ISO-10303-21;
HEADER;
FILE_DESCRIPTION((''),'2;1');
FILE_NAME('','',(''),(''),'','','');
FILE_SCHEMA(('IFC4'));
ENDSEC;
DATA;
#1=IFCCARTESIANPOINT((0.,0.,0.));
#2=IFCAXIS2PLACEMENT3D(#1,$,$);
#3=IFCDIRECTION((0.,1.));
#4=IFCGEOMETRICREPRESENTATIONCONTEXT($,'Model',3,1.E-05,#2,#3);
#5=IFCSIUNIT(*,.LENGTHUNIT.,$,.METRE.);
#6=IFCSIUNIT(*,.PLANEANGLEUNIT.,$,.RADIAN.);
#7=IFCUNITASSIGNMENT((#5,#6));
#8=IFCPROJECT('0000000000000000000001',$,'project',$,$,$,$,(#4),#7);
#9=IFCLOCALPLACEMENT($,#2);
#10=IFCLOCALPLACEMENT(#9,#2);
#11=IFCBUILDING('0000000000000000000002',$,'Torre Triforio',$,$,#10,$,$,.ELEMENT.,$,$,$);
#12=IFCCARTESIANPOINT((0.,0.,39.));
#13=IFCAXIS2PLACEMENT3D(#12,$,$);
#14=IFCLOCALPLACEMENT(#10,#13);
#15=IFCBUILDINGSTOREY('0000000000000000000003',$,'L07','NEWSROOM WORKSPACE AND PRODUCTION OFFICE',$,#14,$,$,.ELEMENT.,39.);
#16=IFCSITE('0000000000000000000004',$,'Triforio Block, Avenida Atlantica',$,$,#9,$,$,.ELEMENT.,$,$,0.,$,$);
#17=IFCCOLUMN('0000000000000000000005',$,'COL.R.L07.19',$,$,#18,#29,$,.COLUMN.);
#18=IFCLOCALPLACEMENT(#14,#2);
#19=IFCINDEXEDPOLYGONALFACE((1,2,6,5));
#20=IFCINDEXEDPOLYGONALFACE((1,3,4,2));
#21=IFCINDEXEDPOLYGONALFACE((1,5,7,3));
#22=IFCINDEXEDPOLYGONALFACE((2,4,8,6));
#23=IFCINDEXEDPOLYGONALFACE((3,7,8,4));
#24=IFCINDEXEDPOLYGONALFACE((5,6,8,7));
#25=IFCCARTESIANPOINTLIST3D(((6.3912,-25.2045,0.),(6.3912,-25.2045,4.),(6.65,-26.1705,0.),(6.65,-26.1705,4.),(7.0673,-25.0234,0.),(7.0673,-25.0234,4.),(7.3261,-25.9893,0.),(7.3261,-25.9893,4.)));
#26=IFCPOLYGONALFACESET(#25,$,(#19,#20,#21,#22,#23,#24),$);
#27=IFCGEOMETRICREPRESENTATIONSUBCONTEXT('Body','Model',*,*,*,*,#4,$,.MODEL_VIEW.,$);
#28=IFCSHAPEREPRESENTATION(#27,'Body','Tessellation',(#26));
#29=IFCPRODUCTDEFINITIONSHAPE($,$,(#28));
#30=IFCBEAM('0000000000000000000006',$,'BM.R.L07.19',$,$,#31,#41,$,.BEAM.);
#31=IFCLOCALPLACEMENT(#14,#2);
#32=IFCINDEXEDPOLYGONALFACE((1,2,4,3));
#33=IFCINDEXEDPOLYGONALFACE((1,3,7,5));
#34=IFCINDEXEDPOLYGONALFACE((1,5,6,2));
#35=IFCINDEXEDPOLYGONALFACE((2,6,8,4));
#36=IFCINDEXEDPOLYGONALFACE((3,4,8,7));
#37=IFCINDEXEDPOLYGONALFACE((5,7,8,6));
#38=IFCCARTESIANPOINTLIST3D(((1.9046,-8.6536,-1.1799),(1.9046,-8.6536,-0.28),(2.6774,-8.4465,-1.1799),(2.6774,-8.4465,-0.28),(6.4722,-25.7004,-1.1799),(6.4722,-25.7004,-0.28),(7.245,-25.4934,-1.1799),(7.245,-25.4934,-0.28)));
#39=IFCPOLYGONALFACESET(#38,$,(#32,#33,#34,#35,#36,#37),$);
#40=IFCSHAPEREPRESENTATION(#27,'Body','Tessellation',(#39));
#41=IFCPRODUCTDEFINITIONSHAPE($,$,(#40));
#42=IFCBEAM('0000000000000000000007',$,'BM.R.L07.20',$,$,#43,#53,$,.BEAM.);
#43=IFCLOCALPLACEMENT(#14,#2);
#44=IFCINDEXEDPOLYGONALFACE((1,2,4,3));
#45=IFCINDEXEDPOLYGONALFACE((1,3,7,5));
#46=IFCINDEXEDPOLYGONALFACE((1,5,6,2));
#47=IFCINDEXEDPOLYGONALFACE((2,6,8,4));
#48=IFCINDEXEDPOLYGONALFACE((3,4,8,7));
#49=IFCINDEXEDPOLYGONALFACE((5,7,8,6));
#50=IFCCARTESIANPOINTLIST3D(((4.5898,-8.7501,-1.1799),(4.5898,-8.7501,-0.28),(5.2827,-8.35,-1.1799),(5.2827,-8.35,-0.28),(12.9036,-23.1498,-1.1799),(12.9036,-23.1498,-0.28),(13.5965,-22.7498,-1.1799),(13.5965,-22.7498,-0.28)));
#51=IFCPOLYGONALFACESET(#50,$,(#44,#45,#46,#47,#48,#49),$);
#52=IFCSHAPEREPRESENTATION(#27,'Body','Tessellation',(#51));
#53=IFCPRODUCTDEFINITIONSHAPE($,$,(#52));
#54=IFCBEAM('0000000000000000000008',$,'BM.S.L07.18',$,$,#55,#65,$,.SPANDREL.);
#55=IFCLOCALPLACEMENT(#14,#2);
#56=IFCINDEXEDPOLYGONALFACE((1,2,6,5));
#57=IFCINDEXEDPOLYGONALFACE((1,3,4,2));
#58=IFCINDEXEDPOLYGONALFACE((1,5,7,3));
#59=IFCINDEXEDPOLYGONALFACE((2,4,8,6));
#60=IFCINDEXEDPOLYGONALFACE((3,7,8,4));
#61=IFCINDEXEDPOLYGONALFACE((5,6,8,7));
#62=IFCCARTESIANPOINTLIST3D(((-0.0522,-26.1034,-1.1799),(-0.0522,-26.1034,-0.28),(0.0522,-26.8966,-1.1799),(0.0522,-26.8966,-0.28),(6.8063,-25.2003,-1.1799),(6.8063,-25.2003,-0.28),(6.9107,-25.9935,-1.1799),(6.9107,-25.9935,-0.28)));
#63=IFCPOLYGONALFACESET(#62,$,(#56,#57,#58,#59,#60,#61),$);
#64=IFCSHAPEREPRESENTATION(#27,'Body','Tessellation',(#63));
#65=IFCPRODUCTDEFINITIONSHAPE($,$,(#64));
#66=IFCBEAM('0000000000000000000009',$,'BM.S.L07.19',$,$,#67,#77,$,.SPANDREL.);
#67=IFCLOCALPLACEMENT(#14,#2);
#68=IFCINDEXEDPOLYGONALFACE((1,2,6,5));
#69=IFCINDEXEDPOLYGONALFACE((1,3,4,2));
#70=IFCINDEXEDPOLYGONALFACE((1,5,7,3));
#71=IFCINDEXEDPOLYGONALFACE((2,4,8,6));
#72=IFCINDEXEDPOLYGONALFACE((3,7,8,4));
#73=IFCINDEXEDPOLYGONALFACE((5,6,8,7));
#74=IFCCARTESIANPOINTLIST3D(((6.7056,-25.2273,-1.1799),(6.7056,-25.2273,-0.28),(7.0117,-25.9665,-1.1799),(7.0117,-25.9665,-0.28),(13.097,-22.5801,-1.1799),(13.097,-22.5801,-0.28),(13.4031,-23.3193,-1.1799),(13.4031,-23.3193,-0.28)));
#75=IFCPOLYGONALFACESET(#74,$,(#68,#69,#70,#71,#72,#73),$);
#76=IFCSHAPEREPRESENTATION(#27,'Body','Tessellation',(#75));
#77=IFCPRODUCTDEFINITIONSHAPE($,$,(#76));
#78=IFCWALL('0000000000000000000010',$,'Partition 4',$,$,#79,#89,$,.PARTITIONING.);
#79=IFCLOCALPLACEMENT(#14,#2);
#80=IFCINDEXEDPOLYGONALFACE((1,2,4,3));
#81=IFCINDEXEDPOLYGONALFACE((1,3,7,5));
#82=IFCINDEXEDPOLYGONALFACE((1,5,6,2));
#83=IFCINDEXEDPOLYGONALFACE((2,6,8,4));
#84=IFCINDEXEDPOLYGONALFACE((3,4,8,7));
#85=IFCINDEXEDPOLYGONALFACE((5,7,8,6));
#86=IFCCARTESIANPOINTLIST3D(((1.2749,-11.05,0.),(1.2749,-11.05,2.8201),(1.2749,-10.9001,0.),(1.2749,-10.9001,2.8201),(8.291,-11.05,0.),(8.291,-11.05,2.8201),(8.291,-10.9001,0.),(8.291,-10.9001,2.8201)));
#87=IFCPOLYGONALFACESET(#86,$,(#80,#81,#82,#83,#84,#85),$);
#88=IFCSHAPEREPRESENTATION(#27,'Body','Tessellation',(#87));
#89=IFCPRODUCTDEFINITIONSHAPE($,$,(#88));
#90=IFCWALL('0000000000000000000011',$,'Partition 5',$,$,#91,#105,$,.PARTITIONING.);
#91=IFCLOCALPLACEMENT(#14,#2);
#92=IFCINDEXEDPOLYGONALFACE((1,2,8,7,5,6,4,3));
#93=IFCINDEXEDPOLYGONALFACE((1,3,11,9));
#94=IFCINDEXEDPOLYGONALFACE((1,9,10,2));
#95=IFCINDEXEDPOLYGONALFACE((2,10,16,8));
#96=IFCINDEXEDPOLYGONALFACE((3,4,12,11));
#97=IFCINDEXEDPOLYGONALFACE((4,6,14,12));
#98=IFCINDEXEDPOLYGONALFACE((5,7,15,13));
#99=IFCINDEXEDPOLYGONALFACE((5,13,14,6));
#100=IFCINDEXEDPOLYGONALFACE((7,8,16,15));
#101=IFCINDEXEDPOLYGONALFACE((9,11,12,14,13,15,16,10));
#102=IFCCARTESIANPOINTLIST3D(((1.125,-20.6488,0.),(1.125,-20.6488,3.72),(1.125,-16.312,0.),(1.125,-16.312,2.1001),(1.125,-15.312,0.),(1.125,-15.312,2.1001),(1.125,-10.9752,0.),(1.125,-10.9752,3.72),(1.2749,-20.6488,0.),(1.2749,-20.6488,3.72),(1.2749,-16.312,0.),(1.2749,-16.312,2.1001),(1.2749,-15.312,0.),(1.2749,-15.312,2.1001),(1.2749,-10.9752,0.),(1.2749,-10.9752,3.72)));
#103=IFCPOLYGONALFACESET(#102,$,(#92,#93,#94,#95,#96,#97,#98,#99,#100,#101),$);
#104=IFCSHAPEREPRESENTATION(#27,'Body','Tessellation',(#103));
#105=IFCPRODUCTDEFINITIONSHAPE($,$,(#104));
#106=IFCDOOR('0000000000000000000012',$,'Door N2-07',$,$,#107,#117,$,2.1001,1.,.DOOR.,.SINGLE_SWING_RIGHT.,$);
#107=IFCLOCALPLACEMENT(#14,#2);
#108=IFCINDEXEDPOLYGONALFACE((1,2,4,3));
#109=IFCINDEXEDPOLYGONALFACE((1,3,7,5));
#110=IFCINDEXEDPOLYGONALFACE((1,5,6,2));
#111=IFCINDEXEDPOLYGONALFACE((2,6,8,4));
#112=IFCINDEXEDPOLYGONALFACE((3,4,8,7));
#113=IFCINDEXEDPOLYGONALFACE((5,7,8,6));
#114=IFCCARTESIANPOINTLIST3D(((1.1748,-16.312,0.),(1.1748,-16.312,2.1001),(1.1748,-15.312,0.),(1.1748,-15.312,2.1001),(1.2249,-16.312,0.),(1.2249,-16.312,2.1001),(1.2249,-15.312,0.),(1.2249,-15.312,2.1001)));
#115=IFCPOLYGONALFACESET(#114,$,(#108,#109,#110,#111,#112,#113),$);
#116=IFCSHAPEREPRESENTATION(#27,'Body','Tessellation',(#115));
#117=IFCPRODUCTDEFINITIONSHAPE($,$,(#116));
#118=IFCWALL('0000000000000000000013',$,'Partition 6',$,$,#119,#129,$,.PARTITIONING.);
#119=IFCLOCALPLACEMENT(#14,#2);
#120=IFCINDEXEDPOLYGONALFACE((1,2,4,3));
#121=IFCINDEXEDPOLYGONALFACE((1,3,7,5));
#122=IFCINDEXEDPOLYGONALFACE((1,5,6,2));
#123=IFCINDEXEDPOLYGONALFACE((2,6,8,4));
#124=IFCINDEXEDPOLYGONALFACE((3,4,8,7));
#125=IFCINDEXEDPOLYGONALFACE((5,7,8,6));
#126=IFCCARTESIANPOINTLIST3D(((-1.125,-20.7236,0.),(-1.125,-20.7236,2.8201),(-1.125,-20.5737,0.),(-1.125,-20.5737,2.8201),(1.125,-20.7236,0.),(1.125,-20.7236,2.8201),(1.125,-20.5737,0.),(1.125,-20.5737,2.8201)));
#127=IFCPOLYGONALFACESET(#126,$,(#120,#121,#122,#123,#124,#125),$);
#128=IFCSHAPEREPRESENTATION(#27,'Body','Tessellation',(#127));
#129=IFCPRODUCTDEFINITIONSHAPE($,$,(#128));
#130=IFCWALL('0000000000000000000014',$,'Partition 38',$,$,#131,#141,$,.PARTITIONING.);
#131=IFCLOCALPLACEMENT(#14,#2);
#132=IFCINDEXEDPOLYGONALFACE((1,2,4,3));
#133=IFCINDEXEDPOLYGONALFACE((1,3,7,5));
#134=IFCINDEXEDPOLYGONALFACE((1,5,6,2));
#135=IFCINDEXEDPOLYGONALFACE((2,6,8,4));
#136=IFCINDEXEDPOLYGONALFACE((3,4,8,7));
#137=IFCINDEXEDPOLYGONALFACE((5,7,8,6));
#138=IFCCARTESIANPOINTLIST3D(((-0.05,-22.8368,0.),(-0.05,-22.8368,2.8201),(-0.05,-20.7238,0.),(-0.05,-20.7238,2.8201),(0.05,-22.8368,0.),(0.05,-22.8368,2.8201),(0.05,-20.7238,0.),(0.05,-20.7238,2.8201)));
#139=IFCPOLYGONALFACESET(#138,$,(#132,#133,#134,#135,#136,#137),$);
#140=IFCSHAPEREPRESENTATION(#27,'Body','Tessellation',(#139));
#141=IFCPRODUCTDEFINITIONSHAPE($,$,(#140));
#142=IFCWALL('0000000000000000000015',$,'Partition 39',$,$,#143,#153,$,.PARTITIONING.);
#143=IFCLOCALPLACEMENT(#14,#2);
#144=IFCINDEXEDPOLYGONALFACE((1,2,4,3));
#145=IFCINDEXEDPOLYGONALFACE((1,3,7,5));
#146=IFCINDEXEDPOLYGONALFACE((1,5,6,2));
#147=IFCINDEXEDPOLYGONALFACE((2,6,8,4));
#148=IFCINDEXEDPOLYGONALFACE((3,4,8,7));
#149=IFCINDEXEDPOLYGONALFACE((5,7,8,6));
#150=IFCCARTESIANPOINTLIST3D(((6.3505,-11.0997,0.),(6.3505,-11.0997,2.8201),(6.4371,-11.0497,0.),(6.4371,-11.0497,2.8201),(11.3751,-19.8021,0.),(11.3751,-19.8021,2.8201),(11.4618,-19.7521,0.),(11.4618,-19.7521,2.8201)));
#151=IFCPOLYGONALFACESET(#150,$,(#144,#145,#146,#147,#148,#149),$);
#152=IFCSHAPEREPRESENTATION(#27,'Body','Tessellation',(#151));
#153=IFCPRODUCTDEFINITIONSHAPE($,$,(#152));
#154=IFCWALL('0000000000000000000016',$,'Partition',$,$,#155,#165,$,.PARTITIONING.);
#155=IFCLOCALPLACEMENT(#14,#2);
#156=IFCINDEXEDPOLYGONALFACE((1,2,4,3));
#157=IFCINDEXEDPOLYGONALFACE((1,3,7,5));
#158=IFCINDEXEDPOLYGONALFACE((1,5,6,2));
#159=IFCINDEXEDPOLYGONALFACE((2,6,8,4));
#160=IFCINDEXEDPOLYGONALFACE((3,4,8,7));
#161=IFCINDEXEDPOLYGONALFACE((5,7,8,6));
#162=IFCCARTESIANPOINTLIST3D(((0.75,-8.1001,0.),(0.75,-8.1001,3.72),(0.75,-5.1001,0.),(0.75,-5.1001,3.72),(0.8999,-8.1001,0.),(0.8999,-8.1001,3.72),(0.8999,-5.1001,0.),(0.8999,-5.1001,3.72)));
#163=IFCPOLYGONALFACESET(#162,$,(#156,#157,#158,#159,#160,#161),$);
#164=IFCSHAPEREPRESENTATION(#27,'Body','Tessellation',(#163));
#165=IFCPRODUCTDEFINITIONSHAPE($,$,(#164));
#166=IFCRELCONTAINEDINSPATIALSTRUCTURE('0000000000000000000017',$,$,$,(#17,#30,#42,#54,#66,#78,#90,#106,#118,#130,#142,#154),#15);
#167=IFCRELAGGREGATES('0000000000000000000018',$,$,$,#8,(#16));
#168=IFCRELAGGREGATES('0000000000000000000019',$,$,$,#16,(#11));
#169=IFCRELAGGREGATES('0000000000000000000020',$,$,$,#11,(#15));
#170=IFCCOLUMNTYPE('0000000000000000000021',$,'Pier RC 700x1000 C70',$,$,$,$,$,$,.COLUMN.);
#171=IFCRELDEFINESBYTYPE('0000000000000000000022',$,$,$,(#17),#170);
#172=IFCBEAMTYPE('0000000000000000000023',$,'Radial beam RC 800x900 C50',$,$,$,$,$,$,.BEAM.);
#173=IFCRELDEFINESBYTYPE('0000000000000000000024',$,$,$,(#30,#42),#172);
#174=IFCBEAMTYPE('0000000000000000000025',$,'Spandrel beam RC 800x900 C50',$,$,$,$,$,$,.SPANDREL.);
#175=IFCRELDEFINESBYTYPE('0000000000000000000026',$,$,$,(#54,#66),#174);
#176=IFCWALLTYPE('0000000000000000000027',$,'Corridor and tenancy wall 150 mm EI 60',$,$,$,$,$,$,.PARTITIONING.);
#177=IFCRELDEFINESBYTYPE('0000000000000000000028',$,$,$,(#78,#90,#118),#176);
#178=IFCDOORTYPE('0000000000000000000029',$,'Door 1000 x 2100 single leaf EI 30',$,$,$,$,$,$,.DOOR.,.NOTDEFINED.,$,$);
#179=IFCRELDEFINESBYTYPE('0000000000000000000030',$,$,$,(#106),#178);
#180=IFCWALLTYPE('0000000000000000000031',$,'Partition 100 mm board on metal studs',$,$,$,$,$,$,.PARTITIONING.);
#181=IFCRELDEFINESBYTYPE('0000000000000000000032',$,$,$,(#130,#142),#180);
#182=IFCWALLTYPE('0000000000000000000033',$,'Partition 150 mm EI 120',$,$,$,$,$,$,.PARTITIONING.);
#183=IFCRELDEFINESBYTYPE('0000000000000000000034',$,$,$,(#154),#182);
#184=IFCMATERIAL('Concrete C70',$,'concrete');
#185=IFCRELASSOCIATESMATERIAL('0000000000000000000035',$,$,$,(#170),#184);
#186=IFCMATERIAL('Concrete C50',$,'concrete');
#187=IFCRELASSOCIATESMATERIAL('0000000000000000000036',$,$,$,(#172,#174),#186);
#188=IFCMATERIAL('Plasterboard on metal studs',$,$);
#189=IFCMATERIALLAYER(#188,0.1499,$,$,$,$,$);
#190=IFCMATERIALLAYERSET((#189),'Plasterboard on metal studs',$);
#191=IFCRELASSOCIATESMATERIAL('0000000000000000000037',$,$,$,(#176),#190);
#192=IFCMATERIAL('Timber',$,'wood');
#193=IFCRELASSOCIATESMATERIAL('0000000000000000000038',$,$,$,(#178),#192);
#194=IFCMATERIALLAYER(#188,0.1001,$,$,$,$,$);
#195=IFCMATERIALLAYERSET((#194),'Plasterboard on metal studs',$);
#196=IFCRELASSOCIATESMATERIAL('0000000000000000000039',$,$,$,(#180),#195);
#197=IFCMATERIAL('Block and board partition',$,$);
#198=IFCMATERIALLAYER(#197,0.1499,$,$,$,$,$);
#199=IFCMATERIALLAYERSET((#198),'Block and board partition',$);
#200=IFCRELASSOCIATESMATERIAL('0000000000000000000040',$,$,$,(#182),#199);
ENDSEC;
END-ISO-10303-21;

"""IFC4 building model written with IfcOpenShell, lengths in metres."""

from ifc_helpers import new_model, si_unit, direction, frame, frame_2d, origin, origin_2d, place, context, subcontext, project, spatial, rectangle, extrude, material, layer, layer_set, material_profile, profile_set, type_object, element, fill, save


model = new_model("IFC4")

# Units and contexts
model_context = context("Model", 3, precision=1e-05, world=origin(), true_north=direction((0.0, 1.0)))
body_context = subcontext(model_context, "Body", "Model", "MODEL_VIEW")
ifc_project = project(units=[si_unit("LENGTHUNIT", "METRE"), si_unit("PLANEANGLEUNIT", "RADIAN")], contexts=[model_context])

# Site, building, storey
site_placement = place(None, origin())
site = spatial("IfcSite", under=ifc_project, at=site_placement, Name="Triforio Block, Avenida Atlantica", CompositionType="ELEMENT", RefElevation=0.0)
building_placement = place(site_placement, origin())
building = spatial("IfcBuilding", under=site, at=building_placement, Name="Torre Triforio", CompositionType="ELEMENT")
storey_placement = place(building_placement, frame((0.0, 0.0, 39.0)))
storey = spatial("IfcBuildingStorey", under=building, at=storey_placement, Name="L07", Description="NEWSROOM WORKSPACE AND PRODUCTION OFFICE", CompositionType="ELEMENT", Elevation=39.0)

# Column
ifc_material_1 = material(Name="Concrete C70", Category="concrete")
ifc_material_profile_1 = material_profile(ifc_material_1, rectangle(XDim=0.7, YDim=1.0, at=origin_2d()), Name="RC 700x1000")
ifc_profile_set_1 = profile_set([ifc_material_profile_1], Name="Concrete C70")
column_type = type_object("IfcColumnType", Name="Pier RC 700x1000 C70", PredefinedType="COLUMN", material=ifc_profile_set_1)
column_placement = place(storey_placement, frame((6.8586, -25.5969, 0.0), z_axis=(0.0, 0.0, 1.0), x_axis=(0.965926, 0.258819, 0.0)))
element("IfcColumn", 1, at=column_placement, inside=storey, type_object=column_type, Name="COL.R.L07.19", PredefinedType="COLUMN", context=body_context, shape_type="SweptSolid", body=[
    extrude(rectangle(XDim=0.7, YDim=1.0, at=origin_2d()), origin(), (0.0, 0.0, 1.0), 4.0),
])

# Beams
ifc_material_2 = material(Name="Concrete C50", Category="concrete")
ifc_material_profile_2 = material_profile(ifc_material_2, rectangle(XDim=0.8, YDim=0.8999, at=origin_2d()), Name="RC 800x900")
ifc_profile_set_2 = profile_set([ifc_material_profile_2], Name="Concrete C50")
beam_type_1 = type_object("IfcBeamType", Name="Radial beam RC 800x900 C50", PredefinedType="BEAM", material=ifc_profile_set_2)
beam_1_placement = place(storey_placement, frame((2.291, -8.55, -0.73), z_axis=(0.258815, -0.965927, 0.0), x_axis=(0.965927, 0.258815, 0.0)))
element("IfcBeam", 2, at=beam_1_placement, inside=storey, type_object=beam_type_1, Name="BM.R.L07.19", PredefinedType="BEAM", context=body_context, shape_type="SweptSolid", body=[
    extrude(rectangle(XDim=0.8, YDim=0.8999, at=origin_2d()), origin(), (0.0, 0.0, 1.0), 17.6482),
])
beam_2_placement = place(storey_placement, frame((4.9363, -8.55, -0.73), z_axis=(0.500003, -0.866023, 0.0), x_axis=(0.866023, 0.500003, 0.0)))
element("IfcBeam", 3, at=beam_2_placement, inside=storey, type_object=beam_type_1, Name="BM.R.L07.20", PredefinedType="BEAM", context=body_context, shape_type="SweptSolid", body=[
    extrude(rectangle(XDim=0.8, YDim=0.8999, at=origin_2d()), origin(), (0.0, 0.0, 1.0), 16.6274),
])
ifc_material_profile_3 = material_profile(ifc_material_2, rectangle(XDim=0.8, YDim=0.8999, at=origin_2d()), Name="RC 800x900")
ifc_profile_set_3 = profile_set([ifc_material_profile_3], Name="Concrete C50")
beam_type_2 = type_object("IfcBeamType", Name="Spandrel beam RC 800x900 C50", PredefinedType="SPANDREL", material=ifc_profile_set_3)
beam_3_placement = place(storey_placement, frame((0.0, -26.5, -0.73), z_axis=(0.991443, 0.130543, 0.0), x_axis=(-0.130543, 0.991443, 0.0)))
element("IfcBeam", 4, at=beam_3_placement, inside=storey, type_object=beam_type_2, Name="BM.S.L07.18", PredefinedType="SPANDREL", context=body_context, shape_type="SweptSolid", body=[
    extrude(rectangle(XDim=0.8, YDim=0.8999, at=origin_2d()), origin(), (0.0, 0.0, 1.0), 6.9177),
])
beam_4_placement = place(storey_placement, frame((6.8586, -25.5969, -0.73), z_axis=(0.923888, 0.382662, 0.0), x_axis=(-0.382662, 0.923888, 0.0)))
element("IfcBeam", 5, at=beam_4_placement, inside=storey, type_object=beam_type_2, Name="BM.S.L07.19", PredefinedType="SPANDREL", context=body_context, shape_type="SweptSolid", body=[
    extrude(rectangle(XDim=0.8, YDim=0.8999, at=origin_2d()), origin(), (0.0, 0.0, 1.0), 6.918),
])

# Wall
ifc_material_3 = material(Name="Plasterboard on metal studs")
ifc_layer_1 = layer(ifc_material_3, 0.1499)
ifc_layer_set_1 = layer_set([ifc_layer_1], Name="Plasterboard on metal studs")
wall_type_1 = type_object("IfcWallType", Name="Corridor and tenancy wall 150 mm EI 60", PredefinedType="PARTITIONING", material=ifc_layer_set_1)
wall_1_placement = place(storey_placement, frame((8.291, -10.9751, 0.0), z_axis=(0.0, 0.0, 1.0), x_axis=(-1.0, 0.0, 0.0)))
element("IfcWall", 6, at=wall_1_placement, inside=storey, type_object=wall_type_1, Name="Partition 4", PredefinedType="PARTITIONING", context=body_context, shape_type="SweptSolid", body=[
    extrude(rectangle(XDim=7.0161, YDim=0.1499, at=frame_2d((3.5081, 0.0))), origin(), (0.0, 0.0, 1.0), 2.8201),
])

# Wall, opening, door
wall_2_placement = place(storey_placement, frame((1.2, -10.9751, 0.0), z_axis=(0.0, 0.0, 1.0), x_axis=(0.0, -1.0, 0.0)))
wall_2 = element("IfcWall", 7, at=wall_2_placement, inside=storey, type_object=wall_type_1, Name="Partition 5", PredefinedType="PARTITIONING", context=body_context, shape_type="SweptSolid", body=[
    extrude(rectangle(XDim=9.6736, YDim=0.1499, at=frame_2d((4.8369, 0.0))), origin(), (0.0, 0.0, 1.0), 3.72),
])
opening_1_placement = place(wall_2_placement, frame((4.3369, 0.0, 0.0)))
opening_1 = element("IfcOpeningElement", 8, at=opening_1_placement, cuts=wall_2, PredefinedType="OPENING", context=body_context, shape_type="SweptSolid", body=[
    extrude(rectangle(XDim=1.0, YDim=2.1001, at=frame_2d((0.5, 1.05))), frame((0.0, 0.085, 0.0), z_axis=(0.0, -1.0, 0.0), x_axis=(1.0, 0.0, 0.0)), (0.0, 0.0, 1.0), 0.1699),
])
ifc_material_4 = material(Name="Timber", Category="wood")
door_type_1 = type_object("IfcDoorType", Name="Door 1000 x 2100 single leaf EI 30", OperationType="NOTDEFINED", PredefinedType="DOOR", material=ifc_material_4)
door_1_placement = place(opening_1_placement, origin())
door_1 = element("IfcDoor", 9, at=door_1_placement, inside=storey, type_object=door_type_1, Name="Door N2-07", OperationType="SINGLE_SWING_RIGHT", OverallHeight=2.1001, OverallWidth=1.0, PredefinedType="DOOR", context=body_context, shape_type="SweptSolid", body=[
    extrude(rectangle(XDim=1.0, YDim=2.1001, at=frame_2d((0.5, 1.05))), frame((0.0, 0.0249, 0.0), z_axis=(0.0, -1.0, 0.0), x_axis=(1.0, 0.0, 0.0)), (0.0, 0.0, 1.0), 0.05),
])
fill(opening_1, door_1)

# Walls
wall_3_placement = place(storey_placement, frame((1.125, -20.6487, 0.0), z_axis=(0.0, 0.0, 1.0), x_axis=(-1.0, 0.0, 0.0)))
element("IfcWall", 10, at=wall_3_placement, inside=storey, type_object=wall_type_1, Name="Partition 6", PredefinedType="PARTITIONING", context=body_context, shape_type="SweptSolid", body=[
    extrude(rectangle(XDim=2.25, YDim=0.1499, at=frame_2d((1.125, 0.0))), origin(), (0.0, 0.0, 1.0), 2.8201),
])
ifc_layer_2 = layer(ifc_material_3, 0.1001)
ifc_layer_set_2 = layer_set([ifc_layer_2], Name="Plasterboard on metal studs")
wall_type_2 = type_object("IfcWallType", Name="Partition 100 mm board on metal studs", PredefinedType="PARTITIONING", material=ifc_layer_set_2)
wall_4_placement = place(storey_placement, frame((0.0, -20.7236, 0.0), z_axis=(0.0, 0.0, 1.0), x_axis=(0.0, -1.0, 0.0)))
element("IfcWall", 11, at=wall_4_placement, inside=storey, type_object=wall_type_2, Name="Partition 38", PredefinedType="PARTITIONING", context=body_context, shape_type="SweptSolid", body=[
    extrude(rectangle(XDim=2.113, YDim=0.1001, at=frame_2d((1.0566, 0.0))), origin(), (0.0, 0.0, 1.0), 2.8201),
])
wall_5_placement = place(storey_placement, frame((6.3938, -11.0747, 0.0), z_axis=(0.0, 0.0, 1.0), x_axis=(0.500025, -0.866011, 0.0)))
element("IfcWall", 12, at=wall_5_placement, inside=storey, type_object=wall_type_2, Name="Partition 39", PredefinedType="PARTITIONING", context=body_context, shape_type="SweptSolid", body=[
    extrude(rectangle(XDim=10.0488, YDim=0.1001, at=frame_2d((5.0244, 0.0))), origin(), (0.0, 0.0, 1.0), 2.8201),
])
ifc_material_5 = material(Name="Block and board partition")
ifc_layer_3 = layer(ifc_material_5, 0.1499)
ifc_layer_set_3 = layer_set([ifc_layer_3], Name="Block and board partition")
wall_type_3 = type_object("IfcWallType", Name="Partition 150 mm EI 120", PredefinedType="PARTITIONING", material=ifc_layer_set_3)
wall_6_placement = place(storey_placement, frame((0.825, -8.1001, 0.0), z_axis=(0.0, 0.0, 1.0), x_axis=(0.0, 1.0, 0.0)))
element("IfcWall", 13, at=wall_6_placement, inside=storey, type_object=wall_type_3, Name="Partition", PredefinedType="PARTITIONING", context=body_context, shape_type="SweptSolid", body=[
    extrude(rectangle(XDim=3.0, YDim=0.1499, at=frame_2d((1.5, 0.0))), origin(), (0.0, 0.0, 1.0), 3.72),
])

save(model, "model.ifc")
